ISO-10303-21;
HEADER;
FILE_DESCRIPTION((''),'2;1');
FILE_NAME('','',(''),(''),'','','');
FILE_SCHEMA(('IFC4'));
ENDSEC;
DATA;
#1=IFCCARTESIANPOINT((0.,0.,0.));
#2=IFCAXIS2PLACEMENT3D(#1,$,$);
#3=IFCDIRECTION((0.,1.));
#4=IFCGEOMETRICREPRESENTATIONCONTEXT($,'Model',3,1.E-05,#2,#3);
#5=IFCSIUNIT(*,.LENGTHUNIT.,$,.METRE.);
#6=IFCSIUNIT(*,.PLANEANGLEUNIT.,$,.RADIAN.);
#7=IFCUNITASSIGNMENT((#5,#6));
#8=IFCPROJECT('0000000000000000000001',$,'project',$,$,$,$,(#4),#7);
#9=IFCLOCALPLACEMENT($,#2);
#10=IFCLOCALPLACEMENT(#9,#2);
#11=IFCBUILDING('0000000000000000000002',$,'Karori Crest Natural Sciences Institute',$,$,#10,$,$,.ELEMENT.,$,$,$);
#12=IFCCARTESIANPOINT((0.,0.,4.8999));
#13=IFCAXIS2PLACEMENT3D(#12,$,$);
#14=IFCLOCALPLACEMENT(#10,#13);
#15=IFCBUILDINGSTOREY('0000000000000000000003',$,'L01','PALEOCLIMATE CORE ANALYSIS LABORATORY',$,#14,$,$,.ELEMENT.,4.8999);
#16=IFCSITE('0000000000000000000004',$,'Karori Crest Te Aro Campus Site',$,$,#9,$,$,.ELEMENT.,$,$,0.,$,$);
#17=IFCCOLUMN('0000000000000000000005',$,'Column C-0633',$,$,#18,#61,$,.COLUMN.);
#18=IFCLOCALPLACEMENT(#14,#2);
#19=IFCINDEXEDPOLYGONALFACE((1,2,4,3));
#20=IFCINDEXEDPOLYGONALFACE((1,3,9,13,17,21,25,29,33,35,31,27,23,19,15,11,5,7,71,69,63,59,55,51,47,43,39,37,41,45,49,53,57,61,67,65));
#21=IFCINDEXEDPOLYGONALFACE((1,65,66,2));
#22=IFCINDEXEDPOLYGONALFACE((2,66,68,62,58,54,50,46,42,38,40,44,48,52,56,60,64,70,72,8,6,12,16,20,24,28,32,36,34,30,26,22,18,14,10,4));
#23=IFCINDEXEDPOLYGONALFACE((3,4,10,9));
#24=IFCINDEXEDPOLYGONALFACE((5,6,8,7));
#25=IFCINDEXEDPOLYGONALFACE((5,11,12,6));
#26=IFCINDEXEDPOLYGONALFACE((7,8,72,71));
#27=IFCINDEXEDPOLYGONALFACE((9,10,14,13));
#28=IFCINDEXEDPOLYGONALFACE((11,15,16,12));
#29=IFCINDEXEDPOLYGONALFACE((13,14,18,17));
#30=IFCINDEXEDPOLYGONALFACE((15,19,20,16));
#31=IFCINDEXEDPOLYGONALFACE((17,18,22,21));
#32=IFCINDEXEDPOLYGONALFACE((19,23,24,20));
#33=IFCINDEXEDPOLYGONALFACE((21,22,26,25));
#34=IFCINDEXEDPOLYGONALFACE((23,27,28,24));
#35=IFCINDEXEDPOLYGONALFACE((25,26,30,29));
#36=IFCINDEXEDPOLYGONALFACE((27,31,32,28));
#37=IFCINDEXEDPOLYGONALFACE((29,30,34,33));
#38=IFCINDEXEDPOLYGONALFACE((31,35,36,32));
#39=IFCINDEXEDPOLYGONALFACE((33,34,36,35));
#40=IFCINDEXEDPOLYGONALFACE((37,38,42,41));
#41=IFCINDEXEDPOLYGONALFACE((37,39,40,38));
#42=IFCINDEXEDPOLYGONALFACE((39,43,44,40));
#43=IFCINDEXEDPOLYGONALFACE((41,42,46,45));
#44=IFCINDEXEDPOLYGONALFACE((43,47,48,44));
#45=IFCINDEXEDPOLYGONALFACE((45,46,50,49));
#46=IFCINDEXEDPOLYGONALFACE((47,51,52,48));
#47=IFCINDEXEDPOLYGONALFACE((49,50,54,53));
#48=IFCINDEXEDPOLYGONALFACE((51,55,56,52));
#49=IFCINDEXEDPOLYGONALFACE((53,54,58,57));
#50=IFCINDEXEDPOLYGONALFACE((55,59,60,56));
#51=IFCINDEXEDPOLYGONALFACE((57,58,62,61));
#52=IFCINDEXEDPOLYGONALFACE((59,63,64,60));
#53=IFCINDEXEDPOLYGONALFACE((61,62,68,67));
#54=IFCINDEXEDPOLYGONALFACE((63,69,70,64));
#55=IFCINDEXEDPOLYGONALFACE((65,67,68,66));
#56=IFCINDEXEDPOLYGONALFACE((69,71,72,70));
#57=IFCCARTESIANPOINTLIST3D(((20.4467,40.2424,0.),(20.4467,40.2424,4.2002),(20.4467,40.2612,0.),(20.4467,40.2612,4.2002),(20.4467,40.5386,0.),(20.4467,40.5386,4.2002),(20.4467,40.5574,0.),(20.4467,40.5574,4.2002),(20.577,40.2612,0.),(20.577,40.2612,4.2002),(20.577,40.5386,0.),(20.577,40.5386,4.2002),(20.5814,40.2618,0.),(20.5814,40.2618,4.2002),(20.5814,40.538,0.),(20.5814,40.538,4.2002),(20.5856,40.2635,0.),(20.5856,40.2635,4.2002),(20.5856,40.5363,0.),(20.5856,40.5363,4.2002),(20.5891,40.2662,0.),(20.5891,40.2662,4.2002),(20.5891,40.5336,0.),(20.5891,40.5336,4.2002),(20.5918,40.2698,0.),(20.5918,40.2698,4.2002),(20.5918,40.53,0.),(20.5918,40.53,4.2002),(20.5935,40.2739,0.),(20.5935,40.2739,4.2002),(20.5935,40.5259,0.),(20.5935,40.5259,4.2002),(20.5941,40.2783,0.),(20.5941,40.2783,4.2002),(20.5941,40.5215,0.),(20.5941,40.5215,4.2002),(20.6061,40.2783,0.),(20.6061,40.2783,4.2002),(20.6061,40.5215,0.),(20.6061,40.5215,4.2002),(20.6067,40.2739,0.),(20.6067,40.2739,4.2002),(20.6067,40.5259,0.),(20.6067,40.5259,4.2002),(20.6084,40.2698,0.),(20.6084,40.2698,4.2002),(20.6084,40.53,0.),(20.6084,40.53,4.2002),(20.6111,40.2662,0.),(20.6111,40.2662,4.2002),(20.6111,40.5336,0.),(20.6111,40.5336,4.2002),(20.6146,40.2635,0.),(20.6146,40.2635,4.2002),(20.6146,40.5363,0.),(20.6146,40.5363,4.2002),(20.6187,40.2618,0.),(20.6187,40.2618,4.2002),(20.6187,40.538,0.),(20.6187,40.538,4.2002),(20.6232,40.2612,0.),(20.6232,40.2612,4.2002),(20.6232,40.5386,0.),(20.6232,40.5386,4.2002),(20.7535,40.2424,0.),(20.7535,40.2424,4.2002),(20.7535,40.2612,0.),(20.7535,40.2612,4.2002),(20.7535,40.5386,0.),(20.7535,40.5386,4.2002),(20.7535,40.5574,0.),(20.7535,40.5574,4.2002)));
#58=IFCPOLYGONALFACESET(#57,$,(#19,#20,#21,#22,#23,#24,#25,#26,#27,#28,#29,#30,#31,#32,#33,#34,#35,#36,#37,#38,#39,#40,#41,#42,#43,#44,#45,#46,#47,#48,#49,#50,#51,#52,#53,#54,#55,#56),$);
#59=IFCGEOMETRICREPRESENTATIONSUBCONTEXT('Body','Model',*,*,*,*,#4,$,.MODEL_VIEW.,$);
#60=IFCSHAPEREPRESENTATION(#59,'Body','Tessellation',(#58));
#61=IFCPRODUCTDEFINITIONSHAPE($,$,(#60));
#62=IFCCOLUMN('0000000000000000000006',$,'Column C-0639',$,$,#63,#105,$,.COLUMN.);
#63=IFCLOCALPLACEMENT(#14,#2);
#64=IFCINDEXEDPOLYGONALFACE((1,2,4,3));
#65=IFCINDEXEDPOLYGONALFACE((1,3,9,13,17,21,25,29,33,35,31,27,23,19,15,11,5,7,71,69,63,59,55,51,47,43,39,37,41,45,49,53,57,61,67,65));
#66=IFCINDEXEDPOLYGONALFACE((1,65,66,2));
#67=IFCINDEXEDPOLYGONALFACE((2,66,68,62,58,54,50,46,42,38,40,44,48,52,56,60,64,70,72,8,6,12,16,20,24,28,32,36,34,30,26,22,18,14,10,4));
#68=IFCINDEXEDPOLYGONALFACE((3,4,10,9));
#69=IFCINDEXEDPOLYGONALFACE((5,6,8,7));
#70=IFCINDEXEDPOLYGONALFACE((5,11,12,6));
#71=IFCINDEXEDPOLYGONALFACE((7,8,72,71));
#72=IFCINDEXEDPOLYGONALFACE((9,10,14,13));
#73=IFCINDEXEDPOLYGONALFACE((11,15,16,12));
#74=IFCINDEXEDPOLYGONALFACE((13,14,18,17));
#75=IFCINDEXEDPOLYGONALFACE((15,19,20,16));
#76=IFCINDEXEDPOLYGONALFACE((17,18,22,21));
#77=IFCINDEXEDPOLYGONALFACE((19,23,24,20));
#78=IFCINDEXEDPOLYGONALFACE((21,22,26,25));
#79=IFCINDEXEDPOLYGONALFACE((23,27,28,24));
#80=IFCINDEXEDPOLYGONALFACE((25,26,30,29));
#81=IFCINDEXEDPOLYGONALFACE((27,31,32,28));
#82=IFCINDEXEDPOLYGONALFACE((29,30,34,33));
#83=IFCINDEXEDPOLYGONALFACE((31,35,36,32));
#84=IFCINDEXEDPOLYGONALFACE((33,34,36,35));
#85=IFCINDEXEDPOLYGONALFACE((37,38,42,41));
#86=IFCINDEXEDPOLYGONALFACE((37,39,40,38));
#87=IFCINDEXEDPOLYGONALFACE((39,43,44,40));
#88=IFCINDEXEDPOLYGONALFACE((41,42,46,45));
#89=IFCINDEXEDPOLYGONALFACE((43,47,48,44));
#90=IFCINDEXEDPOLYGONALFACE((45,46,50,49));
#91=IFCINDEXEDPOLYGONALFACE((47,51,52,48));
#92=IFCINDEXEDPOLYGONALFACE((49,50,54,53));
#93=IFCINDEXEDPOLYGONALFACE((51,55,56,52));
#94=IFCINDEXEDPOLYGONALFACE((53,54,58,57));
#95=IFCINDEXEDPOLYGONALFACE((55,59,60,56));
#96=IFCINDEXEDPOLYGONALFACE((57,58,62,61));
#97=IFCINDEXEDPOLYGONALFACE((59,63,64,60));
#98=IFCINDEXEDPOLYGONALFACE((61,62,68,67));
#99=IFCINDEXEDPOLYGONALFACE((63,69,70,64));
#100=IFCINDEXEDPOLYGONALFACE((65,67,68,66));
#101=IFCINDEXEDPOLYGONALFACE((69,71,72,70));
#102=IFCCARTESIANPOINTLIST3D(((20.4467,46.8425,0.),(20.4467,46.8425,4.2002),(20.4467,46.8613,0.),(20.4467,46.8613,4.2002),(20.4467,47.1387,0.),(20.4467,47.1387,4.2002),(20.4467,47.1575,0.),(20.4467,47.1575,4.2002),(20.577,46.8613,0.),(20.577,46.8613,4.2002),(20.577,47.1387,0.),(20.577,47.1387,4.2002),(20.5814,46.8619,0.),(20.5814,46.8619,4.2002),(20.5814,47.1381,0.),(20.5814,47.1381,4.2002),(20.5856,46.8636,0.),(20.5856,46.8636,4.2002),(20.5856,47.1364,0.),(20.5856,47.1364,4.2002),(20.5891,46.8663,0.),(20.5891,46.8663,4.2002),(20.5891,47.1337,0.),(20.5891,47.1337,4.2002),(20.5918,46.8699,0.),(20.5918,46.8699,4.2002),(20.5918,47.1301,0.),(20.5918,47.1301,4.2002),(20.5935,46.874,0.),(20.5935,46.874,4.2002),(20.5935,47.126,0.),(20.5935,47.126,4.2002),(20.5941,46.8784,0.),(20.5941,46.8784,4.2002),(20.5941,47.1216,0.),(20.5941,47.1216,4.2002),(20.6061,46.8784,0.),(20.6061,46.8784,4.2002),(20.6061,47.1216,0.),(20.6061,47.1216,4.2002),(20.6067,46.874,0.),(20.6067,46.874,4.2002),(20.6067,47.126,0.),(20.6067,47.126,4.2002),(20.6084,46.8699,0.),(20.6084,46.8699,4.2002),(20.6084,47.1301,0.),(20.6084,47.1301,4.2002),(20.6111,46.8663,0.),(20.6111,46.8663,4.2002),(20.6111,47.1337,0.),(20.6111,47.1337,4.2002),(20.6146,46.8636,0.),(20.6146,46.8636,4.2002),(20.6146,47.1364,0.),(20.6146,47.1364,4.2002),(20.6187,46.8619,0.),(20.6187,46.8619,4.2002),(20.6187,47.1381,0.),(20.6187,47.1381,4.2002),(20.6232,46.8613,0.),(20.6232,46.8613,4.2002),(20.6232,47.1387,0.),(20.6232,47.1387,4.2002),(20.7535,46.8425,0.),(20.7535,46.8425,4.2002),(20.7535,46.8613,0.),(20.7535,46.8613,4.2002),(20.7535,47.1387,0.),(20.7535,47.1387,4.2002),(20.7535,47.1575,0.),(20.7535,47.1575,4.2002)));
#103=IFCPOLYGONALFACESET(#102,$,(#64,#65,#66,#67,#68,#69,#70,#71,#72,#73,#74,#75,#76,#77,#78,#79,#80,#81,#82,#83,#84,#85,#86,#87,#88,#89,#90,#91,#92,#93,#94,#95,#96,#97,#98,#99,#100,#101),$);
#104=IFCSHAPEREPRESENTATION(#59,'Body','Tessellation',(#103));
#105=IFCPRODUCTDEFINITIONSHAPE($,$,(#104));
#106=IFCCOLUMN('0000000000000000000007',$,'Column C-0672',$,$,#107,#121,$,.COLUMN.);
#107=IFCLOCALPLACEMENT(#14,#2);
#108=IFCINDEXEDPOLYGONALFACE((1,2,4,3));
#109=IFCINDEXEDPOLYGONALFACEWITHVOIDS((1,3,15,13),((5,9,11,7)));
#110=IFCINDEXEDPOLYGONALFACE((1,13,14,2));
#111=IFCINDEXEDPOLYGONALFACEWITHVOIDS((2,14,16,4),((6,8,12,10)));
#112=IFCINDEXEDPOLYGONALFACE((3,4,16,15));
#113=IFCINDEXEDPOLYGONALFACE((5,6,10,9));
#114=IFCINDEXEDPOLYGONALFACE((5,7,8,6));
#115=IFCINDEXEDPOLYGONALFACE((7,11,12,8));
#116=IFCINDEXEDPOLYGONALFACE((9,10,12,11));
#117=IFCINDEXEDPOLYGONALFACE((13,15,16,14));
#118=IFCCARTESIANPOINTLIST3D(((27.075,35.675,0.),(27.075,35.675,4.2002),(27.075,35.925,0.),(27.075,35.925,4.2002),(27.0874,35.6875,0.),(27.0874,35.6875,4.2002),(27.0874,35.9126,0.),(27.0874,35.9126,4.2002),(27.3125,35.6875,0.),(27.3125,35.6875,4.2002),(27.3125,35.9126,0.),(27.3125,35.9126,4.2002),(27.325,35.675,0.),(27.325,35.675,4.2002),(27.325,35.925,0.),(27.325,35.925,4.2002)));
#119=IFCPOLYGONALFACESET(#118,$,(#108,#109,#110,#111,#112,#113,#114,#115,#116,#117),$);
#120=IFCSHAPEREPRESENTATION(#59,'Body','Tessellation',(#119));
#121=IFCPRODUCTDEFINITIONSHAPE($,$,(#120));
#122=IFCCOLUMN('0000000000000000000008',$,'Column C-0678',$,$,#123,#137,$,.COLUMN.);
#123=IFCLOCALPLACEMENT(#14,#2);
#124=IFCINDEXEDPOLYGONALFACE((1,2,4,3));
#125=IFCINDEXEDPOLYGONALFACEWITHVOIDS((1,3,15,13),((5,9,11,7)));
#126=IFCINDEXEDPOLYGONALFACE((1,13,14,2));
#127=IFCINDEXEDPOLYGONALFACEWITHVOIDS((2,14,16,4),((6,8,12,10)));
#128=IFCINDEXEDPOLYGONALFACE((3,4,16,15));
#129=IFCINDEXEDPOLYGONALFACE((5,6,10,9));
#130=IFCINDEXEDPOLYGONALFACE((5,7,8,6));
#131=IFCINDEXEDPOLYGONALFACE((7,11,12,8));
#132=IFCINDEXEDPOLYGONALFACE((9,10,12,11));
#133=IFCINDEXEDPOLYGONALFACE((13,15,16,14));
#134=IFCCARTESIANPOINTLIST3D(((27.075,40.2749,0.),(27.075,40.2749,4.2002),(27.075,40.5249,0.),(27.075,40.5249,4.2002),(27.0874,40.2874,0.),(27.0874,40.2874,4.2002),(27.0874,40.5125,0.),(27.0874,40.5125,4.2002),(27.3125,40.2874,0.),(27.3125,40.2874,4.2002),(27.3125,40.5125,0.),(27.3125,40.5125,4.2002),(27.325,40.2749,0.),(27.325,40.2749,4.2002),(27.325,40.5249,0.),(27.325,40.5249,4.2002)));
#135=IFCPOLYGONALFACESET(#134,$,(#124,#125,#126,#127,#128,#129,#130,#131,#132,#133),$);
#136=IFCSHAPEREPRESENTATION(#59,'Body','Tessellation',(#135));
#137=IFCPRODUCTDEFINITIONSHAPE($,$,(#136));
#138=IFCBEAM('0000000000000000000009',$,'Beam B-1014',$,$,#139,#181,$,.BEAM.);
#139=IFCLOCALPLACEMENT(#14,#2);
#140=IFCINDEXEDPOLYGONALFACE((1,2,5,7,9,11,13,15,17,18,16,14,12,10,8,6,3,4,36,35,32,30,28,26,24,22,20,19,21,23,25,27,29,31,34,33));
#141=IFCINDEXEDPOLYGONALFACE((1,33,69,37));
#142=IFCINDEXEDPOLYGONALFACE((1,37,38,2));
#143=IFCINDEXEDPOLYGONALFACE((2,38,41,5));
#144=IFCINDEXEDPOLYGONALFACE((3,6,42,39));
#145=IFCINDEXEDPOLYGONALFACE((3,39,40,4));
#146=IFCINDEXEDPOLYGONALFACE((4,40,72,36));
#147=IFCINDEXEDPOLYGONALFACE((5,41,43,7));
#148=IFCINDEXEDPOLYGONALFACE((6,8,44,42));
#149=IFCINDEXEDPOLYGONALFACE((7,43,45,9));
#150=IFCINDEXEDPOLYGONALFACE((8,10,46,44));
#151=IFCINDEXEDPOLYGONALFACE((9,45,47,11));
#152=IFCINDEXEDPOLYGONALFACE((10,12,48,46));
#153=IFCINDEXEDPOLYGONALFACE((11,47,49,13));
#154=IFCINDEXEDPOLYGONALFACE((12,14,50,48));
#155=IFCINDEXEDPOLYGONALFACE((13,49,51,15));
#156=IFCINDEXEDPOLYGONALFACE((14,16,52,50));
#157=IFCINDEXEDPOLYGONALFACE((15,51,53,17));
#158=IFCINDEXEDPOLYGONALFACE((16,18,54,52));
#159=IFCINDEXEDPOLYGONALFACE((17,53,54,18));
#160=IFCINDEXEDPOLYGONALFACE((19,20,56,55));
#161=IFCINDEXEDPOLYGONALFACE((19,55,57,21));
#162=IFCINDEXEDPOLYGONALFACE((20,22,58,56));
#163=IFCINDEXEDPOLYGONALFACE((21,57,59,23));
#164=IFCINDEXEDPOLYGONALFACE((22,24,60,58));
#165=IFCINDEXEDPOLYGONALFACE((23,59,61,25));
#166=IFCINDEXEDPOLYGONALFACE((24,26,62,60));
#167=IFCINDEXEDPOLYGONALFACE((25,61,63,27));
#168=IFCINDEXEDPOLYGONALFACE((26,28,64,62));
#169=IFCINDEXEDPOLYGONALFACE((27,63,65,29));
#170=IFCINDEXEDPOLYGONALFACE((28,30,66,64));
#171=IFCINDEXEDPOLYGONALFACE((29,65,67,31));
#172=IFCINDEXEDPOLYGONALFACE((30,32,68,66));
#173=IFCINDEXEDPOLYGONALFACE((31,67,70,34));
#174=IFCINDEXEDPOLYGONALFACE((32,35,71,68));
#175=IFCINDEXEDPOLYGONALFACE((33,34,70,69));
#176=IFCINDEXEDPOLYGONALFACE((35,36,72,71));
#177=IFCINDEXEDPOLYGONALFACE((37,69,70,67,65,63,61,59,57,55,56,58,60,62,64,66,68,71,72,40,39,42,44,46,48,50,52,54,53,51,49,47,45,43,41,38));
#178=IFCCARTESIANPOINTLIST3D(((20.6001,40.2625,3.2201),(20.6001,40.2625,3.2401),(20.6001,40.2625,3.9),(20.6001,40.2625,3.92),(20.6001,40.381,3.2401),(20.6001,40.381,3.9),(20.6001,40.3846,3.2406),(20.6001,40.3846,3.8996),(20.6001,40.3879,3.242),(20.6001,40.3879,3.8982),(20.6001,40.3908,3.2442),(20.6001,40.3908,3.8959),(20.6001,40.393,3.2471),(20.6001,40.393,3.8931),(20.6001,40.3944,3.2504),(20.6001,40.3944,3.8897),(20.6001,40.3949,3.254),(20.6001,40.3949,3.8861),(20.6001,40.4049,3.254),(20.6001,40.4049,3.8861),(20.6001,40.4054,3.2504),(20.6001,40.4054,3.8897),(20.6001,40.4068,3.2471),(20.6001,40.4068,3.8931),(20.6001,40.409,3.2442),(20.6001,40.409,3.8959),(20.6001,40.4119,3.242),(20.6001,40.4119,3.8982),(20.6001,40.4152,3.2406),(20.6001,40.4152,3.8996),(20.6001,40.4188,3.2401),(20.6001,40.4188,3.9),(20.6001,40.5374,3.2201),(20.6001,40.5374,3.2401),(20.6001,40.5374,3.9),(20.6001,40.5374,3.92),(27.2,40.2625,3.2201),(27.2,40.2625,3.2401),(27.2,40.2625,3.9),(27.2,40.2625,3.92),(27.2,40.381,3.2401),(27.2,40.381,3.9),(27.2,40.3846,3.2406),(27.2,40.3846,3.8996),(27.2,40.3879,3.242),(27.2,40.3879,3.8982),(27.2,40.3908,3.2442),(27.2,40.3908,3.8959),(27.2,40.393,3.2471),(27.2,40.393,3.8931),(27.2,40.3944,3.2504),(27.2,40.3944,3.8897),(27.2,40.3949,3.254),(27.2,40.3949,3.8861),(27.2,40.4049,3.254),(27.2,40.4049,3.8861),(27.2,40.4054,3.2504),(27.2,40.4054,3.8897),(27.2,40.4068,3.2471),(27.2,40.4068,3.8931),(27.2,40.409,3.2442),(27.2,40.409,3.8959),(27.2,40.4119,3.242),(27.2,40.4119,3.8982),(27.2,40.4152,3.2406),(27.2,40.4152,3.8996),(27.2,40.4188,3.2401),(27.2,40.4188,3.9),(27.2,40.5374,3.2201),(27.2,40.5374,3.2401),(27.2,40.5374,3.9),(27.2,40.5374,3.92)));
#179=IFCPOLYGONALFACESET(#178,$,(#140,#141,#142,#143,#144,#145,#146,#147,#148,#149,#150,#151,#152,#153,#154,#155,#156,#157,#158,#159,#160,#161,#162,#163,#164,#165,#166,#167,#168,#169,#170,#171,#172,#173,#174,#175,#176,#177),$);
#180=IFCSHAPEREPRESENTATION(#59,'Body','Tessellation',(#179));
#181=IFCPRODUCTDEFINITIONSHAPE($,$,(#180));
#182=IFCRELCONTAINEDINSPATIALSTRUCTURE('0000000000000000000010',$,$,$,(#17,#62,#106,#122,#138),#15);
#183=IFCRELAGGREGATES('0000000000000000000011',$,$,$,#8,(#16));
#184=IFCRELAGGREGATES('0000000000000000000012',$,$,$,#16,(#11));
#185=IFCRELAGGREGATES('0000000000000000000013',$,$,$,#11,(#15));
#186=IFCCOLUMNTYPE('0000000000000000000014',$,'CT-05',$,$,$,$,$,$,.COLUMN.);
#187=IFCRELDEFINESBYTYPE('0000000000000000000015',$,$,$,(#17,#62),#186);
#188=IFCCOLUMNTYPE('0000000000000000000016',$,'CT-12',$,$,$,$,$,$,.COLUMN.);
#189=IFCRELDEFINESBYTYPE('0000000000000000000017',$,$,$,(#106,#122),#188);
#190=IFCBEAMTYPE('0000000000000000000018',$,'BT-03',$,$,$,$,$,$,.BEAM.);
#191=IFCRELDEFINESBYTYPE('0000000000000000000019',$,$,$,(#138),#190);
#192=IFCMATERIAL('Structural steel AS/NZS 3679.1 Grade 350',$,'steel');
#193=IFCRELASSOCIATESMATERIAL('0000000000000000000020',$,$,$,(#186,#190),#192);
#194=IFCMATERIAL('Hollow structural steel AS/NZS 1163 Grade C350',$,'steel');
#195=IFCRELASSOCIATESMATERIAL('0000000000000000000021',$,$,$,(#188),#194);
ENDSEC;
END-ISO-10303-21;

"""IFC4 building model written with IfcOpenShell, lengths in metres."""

from ifc_helpers import new_model, si_unit, direction, frame, origin, origin_2d, place, context, subcontext, project, spatial, hollow_rectangle, i_section, extrude, material, material_profile, profile_set, type_object, element, save


model = new_model("IFC4")

# Units and contexts
model_context = context("Model", 3, precision=1e-05, world=origin(), true_north=direction((0.0, 1.0)))
body_context = subcontext(model_context, "Body", "Model", "MODEL_VIEW")
ifc_project = project(units=[si_unit("LENGTHUNIT", "METRE"), si_unit("PLANEANGLEUNIT", "RADIAN")], contexts=[model_context])

# Site, building, storey
site_placement = place(None, origin())
site = spatial("IfcSite", under=ifc_project, at=site_placement, Name="Karori Crest Te Aro Campus Site", CompositionType="ELEMENT", RefElevation=0.0)
building_placement = place(site_placement, origin())
building = spatial("IfcBuilding", under=site, at=building_placement, Name="Karori Crest Natural Sciences Institute", CompositionType="ELEMENT")
storey_placement = place(building_placement, frame((0.0, 0.0, 4.8999)))
storey = spatial("IfcBuildingStorey", under=building, at=storey_placement, Name="L01", Description="PALEOCLIMATE CORE ANALYSIS LABORATORY", CompositionType="ELEMENT", Elevation=4.8999)

# Columns
ifc_material_1 = material(Name="Structural steel AS/NZS 3679.1 Grade 350", Category="steel")
ifc_material_profile_1 = material_profile(ifc_material_1, i_section(OverallWidth=0.3069, OverallDepth=0.3149, WebThickness=0.012, FlangeThickness=0.0188, FilletRadius=0.0171, at=origin_2d()), Name="310UC118")
ifc_profile_set_1 = profile_set([ifc_material_profile_1], Name="Structural steel AS/NZS 3679.1 Grade 350")
column_type_1 = type_object("IfcColumnType", Name="CT-05", PredefinedType="COLUMN", material=ifc_profile_set_1)
for number, where, z_axis, x_axis, name in (
    (1, (20.6001, 40.3999, 0.0), (0.0, 0.0, 1.0), (1.0, 0.0, 0.0), "Column C-0633"),
    (2, (20.6001, 47.0, 0.0), (0.0, 0.0, 1.0), (1.0, 0.0, 0.0), "Column C-0639"),
):
    element("IfcColumn", number, at=place(storey_placement, frame(where, z_axis=z_axis, x_axis=x_axis)), inside=storey, type_object=column_type_1, Name=name, PredefinedType="COLUMN", context=body_context, shape_type="SweptSolid", body=[
        extrude(i_section(OverallWidth=0.3069, OverallDepth=0.3149, WebThickness=0.012, FlangeThickness=0.0188, FilletRadius=0.0171, at=origin_2d()), origin(), (0.0, 0.0, 1.0), 4.2002),
    ])
ifc_material_2 = material(Name="Hollow structural steel AS/NZS 1163 Grade C350", Category="steel")
ifc_material_profile_2 = material_profile(ifc_material_2, hollow_rectangle(XDim=0.25, YDim=0.25, WallThickness=0.0125, at=origin_2d()), Name="SHS250x250x12.5")
ifc_profile_set_2 = profile_set([ifc_material_profile_2], Name="Hollow structural steel AS/NZS 1163 Grade C350")
column_type_2 = type_object("IfcColumnType", Name="CT-12", PredefinedType="COLUMN", material=ifc_profile_set_2)
for number, where, z_axis, x_axis, name in (
    (3, (27.2, 35.8, 0.0), (0.0, 0.0, 1.0), (1.0, 0.0, 0.0), "Column C-0672"),
    (4, (27.2, 40.3999, 0.0), (0.0, 0.0, 1.0), (1.0, 0.0, 0.0), "Column C-0678"),
):
    element("IfcColumn", number, at=place(storey_placement, frame(where, z_axis=z_axis, x_axis=x_axis)), inside=storey, type_object=column_type_2, Name=name, PredefinedType="COLUMN", context=body_context, shape_type="SweptSolid", body=[
        extrude(hollow_rectangle(XDim=0.25, YDim=0.25, WallThickness=0.0125, at=origin_2d()), origin(), (0.0, 0.0, 1.0), 4.2002),
    ])

# Beam
ifc_material_profile_3 = material_profile(ifc_material_1, i_section(OverallWidth=0.2749, OverallDepth=0.7, WebThickness=0.01, FlangeThickness=0.02, FilletRadius=0.0139, at=origin_2d()), Name="700WB150")
ifc_profile_set_3 = profile_set([ifc_material_profile_3], Name="Structural steel AS/NZS 3679.1 Grade 350")
beam_type_1 = type_object("IfcBeamType", Name="BT-03", PredefinedType="BEAM", material=ifc_profile_set_3)
beam_1_placement = place(storey_placement, frame((20.6001, 40.3999, 3.5701), z_axis=(1.0, 0.0, 0.0), x_axis=(0.0, 1.0, 0.0)))
element("IfcBeam", 5, at=beam_1_placement, inside=storey, type_object=beam_type_1, Name="Beam B-1014", PredefinedType="BEAM", context=body_context, shape_type="SweptSolid", body=[
    extrude(i_section(OverallWidth=0.2749, OverallDepth=0.7, WebThickness=0.01, FlangeThickness=0.02, FilletRadius=0.0139, at=origin_2d()), origin(), (0.0, 0.0, 1.0), 6.5999),
])

save(model, "model.ifc")
